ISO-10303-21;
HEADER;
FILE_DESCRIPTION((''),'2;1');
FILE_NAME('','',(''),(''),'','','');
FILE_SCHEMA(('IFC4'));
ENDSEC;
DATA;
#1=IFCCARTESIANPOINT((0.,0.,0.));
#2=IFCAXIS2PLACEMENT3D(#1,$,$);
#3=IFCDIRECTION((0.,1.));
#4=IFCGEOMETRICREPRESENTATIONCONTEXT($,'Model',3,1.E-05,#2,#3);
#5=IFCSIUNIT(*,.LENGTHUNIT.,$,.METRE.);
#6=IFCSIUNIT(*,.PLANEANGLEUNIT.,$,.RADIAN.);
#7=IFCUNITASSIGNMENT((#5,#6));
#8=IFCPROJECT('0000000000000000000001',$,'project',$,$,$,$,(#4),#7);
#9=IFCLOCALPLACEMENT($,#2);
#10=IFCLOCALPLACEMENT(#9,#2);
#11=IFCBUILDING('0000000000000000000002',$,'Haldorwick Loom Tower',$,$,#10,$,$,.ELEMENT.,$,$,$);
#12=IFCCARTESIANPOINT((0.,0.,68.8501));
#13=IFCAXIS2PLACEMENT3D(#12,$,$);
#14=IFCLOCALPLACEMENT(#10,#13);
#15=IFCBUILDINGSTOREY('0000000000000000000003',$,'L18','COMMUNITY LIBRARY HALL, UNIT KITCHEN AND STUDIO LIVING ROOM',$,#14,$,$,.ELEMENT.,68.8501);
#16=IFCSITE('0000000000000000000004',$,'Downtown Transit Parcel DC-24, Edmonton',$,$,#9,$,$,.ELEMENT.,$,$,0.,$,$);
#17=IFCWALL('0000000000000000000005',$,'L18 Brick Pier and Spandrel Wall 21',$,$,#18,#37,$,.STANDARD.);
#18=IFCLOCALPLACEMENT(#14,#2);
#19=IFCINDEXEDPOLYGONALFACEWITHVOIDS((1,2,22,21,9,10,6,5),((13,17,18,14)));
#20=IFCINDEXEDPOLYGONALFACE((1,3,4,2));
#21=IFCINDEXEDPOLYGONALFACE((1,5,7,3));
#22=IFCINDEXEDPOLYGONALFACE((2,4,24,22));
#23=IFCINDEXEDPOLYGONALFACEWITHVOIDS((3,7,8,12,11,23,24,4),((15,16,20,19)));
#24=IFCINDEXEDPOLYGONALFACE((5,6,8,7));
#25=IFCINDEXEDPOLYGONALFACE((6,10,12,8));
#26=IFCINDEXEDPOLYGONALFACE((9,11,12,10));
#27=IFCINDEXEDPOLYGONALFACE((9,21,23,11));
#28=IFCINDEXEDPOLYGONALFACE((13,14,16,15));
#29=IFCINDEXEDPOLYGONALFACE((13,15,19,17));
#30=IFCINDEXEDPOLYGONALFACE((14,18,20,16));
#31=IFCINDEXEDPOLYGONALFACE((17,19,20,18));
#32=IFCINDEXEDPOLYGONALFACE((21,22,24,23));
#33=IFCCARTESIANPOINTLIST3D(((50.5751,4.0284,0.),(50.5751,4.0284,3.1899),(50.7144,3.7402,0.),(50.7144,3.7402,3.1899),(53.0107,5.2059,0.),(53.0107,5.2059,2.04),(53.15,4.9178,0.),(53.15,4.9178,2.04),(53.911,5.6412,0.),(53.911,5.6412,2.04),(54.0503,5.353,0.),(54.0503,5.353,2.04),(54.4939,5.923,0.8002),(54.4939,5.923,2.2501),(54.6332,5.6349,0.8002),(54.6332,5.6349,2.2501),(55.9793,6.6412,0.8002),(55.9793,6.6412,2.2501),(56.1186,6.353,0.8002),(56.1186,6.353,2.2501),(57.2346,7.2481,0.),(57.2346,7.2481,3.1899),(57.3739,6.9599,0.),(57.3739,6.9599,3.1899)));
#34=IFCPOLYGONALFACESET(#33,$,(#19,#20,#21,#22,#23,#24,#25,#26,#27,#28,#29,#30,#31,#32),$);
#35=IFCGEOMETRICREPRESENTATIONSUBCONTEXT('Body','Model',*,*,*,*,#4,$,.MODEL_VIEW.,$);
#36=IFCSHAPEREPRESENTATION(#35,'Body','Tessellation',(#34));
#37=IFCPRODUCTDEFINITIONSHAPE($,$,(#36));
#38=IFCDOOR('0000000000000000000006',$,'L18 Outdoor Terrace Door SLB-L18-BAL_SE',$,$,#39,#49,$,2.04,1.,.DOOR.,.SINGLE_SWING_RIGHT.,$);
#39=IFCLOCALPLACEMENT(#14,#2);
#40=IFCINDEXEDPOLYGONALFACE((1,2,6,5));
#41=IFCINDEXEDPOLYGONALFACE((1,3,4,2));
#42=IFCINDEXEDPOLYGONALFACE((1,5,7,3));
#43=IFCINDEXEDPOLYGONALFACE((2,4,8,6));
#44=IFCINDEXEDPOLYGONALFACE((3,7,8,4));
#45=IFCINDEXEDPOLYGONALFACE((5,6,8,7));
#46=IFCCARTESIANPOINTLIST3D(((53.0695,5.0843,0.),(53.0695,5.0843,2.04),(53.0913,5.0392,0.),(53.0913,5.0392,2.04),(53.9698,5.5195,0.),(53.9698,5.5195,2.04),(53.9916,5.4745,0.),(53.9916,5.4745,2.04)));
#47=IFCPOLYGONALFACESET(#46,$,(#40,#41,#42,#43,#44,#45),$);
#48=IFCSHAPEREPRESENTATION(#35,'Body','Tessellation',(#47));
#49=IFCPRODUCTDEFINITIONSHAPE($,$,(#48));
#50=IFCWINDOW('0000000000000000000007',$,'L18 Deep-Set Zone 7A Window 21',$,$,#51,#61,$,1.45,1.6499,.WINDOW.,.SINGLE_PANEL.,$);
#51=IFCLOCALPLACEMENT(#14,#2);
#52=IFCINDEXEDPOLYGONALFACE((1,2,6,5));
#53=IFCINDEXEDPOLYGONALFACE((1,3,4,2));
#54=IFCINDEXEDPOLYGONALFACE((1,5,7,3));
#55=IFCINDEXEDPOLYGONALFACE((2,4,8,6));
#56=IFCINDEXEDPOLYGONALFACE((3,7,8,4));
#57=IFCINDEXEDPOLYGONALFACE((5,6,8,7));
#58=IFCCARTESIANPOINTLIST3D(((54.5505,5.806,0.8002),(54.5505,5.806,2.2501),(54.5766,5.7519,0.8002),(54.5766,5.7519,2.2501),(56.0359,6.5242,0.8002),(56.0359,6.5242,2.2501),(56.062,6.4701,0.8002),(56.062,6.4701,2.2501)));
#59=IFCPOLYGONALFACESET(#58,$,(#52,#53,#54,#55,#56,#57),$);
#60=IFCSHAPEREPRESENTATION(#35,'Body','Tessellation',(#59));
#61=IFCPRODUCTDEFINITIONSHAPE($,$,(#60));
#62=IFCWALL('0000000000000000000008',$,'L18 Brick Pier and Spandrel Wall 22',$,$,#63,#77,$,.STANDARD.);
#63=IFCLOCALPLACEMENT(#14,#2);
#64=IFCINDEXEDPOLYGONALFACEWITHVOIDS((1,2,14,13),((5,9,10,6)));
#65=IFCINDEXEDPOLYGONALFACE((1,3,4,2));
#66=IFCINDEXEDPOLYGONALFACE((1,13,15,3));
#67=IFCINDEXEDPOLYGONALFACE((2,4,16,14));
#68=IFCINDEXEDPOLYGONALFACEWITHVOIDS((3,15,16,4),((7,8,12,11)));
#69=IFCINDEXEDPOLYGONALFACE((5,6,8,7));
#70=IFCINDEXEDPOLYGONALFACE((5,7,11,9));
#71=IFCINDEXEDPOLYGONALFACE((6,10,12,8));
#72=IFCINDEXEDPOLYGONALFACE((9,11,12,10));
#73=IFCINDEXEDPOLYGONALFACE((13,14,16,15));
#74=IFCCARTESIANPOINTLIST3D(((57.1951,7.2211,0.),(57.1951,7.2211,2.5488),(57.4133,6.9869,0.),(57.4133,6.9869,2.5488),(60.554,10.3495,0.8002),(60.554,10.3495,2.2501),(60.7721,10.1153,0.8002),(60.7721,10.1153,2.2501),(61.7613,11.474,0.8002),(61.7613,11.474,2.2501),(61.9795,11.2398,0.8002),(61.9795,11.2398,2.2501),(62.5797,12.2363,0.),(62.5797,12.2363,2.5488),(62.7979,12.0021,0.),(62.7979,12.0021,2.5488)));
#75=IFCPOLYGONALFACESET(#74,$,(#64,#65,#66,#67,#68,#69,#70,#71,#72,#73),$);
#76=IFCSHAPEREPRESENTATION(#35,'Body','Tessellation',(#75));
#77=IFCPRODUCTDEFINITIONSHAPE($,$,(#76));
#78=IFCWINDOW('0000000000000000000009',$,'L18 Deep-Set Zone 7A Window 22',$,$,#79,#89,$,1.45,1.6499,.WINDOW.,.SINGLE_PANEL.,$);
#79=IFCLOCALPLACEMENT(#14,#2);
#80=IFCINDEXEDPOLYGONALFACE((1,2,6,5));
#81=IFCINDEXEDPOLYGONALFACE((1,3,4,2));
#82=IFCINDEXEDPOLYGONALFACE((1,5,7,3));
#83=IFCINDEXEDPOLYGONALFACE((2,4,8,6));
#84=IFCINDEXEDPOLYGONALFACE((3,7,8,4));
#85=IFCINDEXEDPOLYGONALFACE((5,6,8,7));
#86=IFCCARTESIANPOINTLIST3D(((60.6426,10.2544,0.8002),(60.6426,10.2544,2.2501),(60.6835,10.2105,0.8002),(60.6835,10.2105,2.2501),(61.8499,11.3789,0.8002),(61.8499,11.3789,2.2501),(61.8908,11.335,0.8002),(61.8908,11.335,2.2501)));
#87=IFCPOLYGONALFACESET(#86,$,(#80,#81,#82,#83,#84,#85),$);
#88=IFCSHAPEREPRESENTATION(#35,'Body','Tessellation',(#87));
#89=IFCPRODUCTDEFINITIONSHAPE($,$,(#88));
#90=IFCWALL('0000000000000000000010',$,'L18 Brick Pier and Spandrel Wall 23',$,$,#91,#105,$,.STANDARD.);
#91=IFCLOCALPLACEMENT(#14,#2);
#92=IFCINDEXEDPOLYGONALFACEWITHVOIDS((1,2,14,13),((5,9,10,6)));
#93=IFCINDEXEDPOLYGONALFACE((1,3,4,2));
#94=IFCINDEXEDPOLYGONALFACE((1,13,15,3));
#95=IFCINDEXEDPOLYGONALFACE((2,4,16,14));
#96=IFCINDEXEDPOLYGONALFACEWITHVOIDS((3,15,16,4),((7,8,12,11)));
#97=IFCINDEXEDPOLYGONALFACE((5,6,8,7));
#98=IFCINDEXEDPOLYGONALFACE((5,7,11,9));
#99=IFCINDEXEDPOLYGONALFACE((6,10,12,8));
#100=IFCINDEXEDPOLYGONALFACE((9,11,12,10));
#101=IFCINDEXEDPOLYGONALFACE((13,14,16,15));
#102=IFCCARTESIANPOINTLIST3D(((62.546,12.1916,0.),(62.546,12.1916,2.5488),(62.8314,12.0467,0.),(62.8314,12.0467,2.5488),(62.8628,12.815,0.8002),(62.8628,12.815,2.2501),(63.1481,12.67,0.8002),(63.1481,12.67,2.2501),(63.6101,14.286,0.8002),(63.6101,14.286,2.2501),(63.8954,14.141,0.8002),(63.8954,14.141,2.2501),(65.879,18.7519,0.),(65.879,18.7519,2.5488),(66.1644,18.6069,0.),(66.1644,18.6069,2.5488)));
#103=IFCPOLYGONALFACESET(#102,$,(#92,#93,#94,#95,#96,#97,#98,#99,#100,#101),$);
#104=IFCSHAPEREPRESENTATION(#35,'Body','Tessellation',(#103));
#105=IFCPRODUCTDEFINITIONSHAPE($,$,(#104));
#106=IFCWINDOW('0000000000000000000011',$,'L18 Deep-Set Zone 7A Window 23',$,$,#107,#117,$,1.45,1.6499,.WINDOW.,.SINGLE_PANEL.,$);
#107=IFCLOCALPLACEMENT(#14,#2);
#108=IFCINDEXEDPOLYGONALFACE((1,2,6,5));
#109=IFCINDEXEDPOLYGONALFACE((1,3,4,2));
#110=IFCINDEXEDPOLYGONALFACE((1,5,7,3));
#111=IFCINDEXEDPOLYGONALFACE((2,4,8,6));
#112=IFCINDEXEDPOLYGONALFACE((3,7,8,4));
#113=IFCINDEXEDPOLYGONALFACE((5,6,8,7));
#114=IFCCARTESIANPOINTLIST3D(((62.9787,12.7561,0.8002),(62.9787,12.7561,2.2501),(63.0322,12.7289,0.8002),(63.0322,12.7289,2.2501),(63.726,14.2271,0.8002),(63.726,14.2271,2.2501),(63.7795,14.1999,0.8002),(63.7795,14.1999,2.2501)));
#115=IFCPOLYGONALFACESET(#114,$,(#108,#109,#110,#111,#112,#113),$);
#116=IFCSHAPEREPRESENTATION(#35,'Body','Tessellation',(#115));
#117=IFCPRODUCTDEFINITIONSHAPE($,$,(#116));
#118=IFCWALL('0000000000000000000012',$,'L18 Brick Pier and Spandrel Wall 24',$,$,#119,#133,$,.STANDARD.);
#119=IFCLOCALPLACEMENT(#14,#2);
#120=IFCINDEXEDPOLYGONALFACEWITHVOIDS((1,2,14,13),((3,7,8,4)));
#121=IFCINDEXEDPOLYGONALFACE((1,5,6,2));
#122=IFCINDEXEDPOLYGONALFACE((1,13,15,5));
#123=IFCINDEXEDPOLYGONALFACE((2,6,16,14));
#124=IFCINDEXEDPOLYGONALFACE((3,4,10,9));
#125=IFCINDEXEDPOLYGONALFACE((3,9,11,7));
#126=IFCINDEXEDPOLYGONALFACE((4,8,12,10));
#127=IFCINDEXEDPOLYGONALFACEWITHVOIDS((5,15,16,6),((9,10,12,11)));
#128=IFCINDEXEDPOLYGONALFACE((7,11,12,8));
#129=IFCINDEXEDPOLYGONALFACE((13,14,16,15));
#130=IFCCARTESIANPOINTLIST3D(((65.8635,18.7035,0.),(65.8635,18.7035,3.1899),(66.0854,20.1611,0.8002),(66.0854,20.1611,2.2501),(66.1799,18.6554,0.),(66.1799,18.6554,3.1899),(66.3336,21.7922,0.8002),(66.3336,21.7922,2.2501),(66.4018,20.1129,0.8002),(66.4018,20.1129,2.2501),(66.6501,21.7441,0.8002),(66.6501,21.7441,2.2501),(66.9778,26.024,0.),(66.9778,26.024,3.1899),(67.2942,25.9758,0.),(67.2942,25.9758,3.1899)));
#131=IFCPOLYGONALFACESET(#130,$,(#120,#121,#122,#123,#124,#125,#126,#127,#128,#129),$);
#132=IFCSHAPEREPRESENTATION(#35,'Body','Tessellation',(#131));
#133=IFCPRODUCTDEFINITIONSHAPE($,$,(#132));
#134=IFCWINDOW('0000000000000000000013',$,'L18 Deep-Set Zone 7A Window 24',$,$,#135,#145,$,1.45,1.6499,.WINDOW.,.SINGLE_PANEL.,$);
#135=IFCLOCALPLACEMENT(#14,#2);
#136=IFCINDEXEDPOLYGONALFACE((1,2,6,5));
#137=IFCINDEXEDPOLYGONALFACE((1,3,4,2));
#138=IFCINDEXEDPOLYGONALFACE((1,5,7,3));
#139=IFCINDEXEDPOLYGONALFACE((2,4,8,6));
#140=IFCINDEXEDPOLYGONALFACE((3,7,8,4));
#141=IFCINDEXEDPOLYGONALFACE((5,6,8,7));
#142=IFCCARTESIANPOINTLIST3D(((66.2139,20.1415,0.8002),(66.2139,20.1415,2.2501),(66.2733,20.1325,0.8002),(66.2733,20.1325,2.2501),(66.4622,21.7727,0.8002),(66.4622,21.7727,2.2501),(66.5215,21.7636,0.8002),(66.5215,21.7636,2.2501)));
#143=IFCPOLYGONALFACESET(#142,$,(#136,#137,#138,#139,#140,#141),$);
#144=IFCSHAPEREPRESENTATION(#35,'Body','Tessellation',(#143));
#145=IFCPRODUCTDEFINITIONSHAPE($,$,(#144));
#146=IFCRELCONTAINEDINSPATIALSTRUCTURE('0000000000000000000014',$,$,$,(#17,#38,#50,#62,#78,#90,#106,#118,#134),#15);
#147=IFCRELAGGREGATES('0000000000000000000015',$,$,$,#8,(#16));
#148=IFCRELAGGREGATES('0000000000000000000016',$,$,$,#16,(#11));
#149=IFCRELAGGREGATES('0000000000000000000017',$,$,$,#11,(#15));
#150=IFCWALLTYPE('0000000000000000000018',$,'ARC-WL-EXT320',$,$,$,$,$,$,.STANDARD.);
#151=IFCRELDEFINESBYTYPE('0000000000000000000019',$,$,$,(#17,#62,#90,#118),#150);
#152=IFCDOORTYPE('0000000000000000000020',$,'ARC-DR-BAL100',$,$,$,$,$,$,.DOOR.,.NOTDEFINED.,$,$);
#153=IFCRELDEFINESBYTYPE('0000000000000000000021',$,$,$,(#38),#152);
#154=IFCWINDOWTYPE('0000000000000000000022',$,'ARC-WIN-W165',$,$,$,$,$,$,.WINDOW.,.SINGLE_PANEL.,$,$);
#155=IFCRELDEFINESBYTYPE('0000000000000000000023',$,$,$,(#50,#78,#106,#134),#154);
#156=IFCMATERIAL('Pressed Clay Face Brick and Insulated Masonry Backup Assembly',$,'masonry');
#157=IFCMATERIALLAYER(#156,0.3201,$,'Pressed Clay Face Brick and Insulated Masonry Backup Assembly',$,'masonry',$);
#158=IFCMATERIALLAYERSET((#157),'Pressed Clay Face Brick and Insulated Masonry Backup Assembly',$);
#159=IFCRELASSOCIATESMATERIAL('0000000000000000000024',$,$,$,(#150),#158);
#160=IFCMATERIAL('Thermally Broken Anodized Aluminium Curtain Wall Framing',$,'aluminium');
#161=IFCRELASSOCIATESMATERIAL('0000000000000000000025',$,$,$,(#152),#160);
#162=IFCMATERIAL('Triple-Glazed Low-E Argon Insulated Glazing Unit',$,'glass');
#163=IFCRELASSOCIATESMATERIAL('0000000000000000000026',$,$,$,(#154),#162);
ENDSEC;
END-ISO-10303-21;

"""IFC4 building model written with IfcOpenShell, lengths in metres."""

from ifc_helpers import new_model, si_unit, direction, frame, frame_2d, origin, place, context, subcontext, project, spatial, rectangle, extrude, material, layer, layer_set, type_object, element, fill, save


model = new_model("IFC4")

# Units and contexts
model_context = context("Model", 3, precision=1e-05, world=origin(), true_north=direction((0.0, 1.0)))
body_context = subcontext(model_context, "Body", "Model", "MODEL_VIEW")
ifc_project = project(units=[si_unit("LENGTHUNIT", "METRE"), si_unit("PLANEANGLEUNIT", "RADIAN")], contexts=[model_context])

# Site, building, storey
site_placement = place(None, origin())
site = spatial("IfcSite", under=ifc_project, at=site_placement, Name="Downtown Transit Parcel DC-24, Edmonton", CompositionType="ELEMENT", RefElevation=0.0)
building_placement = place(site_placement, origin())
building = spatial("IfcBuilding", under=site, at=building_placement, Name="Haldorwick Loom Tower", CompositionType="ELEMENT")
storey_placement = place(building_placement, frame((0.0, 0.0, 68.8501)))
storey = spatial("IfcBuildingStorey", under=building, at=storey_placement, Name="L18", Description="COMMUNITY LIBRARY HALL, UNIT KITCHEN AND STUDIO LIVING ROOM", CompositionType="ELEMENT", Elevation=68.8501)

# Wall, openings, door, window
ifc_material_1 = material(Name="Pressed Clay Face Brick and Insulated Masonry Backup Assembly", Category="masonry")
ifc_layer = layer(ifc_material_1, 0.3201, Name="Pressed Clay Face Brick and Insulated Masonry Backup Assembly", Category="masonry")
ifc_layer_set = layer_set([ifc_layer], Name="Pressed Clay Face Brick and Insulated Masonry Backup Assembly")
wall_type = type_object("IfcWallType", Name="ARC-WL-EXT320", PredefinedType="STANDARD", material=ifc_layer_set)
wall_1_placement = place(storey_placement, frame((50.6448, 3.8843, 0.0), z_axis=(0.0, 0.0, 1.0), x_axis=(0.900296, 0.435279, 0.0)))
wall_1 = element("IfcWall", 1, at=wall_1_placement, inside=storey, type_object=wall_type, Name="L18 Brick Pier and Spandrel Wall 21", PredefinedType="STANDARD", context=body_context, shape_type="SweptSolid", body=[
    extrude(rectangle(XDim=7.397, YDim=0.3201, at=frame_2d((3.6985, 0.0))), origin(), (0.0, 0.0, 1.0), 3.1899),
])
opening_1_placement = place(wall_1_placement, frame((2.7053, 0.0, 0.0)))
opening_1 = element("IfcOpeningElement", 2, at=opening_1_placement, cuts=wall_1, PredefinedType="OPENING", context=body_context, shape_type="SweptSolid", body=[
    extrude(rectangle(XDim=1.0, YDim=2.04, at=frame_2d((0.5, 1.02))), frame((0.0, 0.1699, 0.0), z_axis=(0.0, -1.0, 0.0), x_axis=(1.0, 0.0, 0.0)), (0.0, 0.0, 1.0), 0.3401),
])
opening_2_placement = place(wall_1_placement, frame((4.3528, 0.0, 0.8)))
opening_2 = element("IfcOpeningElement", 3, at=opening_2_placement, cuts=wall_1, PredefinedType="OPENING", context=body_context, shape_type="SweptSolid", body=[
    extrude(rectangle(XDim=1.6499, YDim=1.45, at=frame_2d((0.825, 0.7251))), frame((0.0, 0.1699, 0.0), z_axis=(0.0, -1.0, 0.0), x_axis=(1.0, 0.0, 0.0)), (0.0, 0.0, 1.0), 0.3401),
])
ifc_material_2 = material(Name="Thermally Broken Anodized Aluminium Curtain Wall Framing", Category="aluminium")
door_type = type_object("IfcDoorType", Name="ARC-DR-BAL100", OperationType="NOTDEFINED", PredefinedType="DOOR", material=ifc_material_2)
door_placement = place(opening_1_placement, origin())
door = element("IfcDoor", 4, at=door_placement, inside=storey, type_object=door_type, Name="L18 Outdoor Terrace Door SLB-L18-BAL_SE", OperationType="SINGLE_SWING_RIGHT", OverallHeight=2.04, OverallWidth=1.0, PredefinedType="DOOR", context=body_context, shape_type="SweptSolid", body=[
    extrude(rectangle(XDim=1.0, YDim=2.04, at=frame_2d((0.5, 1.02))), frame((0.0, 0.0249, 0.0), z_axis=(0.0, -1.0, 0.0), x_axis=(1.0, 0.0, 0.0)), (0.0, 0.0, 1.0), 0.05),
])
fill(opening_1, door)
ifc_material_3 = material(Name="Triple-Glazed Low-E Argon Insulated Glazing Unit", Category="glass")
window_type = type_object("IfcWindowType", Name="ARC-WIN-W165", PartitioningType="SINGLE_PANEL", PredefinedType="WINDOW", material=ifc_material_3)
window_1_placement = place(opening_2_placement, origin())
window_1 = element("IfcWindow", 5, at=window_1_placement, inside=storey, type_object=window_type, Name="L18 Deep-Set Zone 7A Window 21", OverallHeight=1.45, OverallWidth=1.6499, PartitioningType="SINGLE_PANEL", PredefinedType="WINDOW", context=body_context, shape_type="SweptSolid", body=[
    extrude(rectangle(XDim=1.6499, YDim=1.45, at=frame_2d((0.825, 0.7251))), frame((0.0, 0.03, 0.0), z_axis=(0.0, -1.0, 0.0), x_axis=(1.0, 0.0, 0.0)), (0.0, 0.0, 1.0), 0.0601),
])
fill(opening_2, window_1)

# Walls, openings, windows
wall_2_placement = place(storey_placement, frame((57.3042, 7.104, 0.0), z_axis=(0.0, 0.0, 1.0), x_axis=(0.731761, 0.681561, 0.0)))
wall_2 = element("IfcWall", 6, at=wall_2_placement, inside=storey, type_object=wall_type, Name="L18 Brick Pier and Spandrel Wall 22", PredefinedType="STANDARD", context=body_context, shape_type="SweptSolid", body=[
    extrude(rectangle(XDim=7.3584, YDim=0.3201, at=frame_2d((3.6792, 0.0))), origin(), (0.0, 0.0, 1.0), 2.5488),
])
opening_3_placement = place(wall_2_placement, frame((4.5901, 0.0, 0.8)))
opening_3 = element("IfcOpeningElement", 7, at=opening_3_placement, cuts=wall_2, PredefinedType="OPENING", context=body_context, shape_type="SweptSolid", body=[
    extrude(rectangle(XDim=1.6499, YDim=1.45, at=frame_2d((0.825, 0.7251))), frame((0.0, 0.1699, 0.0), z_axis=(0.0, -1.0, 0.0), x_axis=(1.0, 0.0, 0.0)), (0.0, 0.0, 1.0), 0.3401),
])
window_2_placement = place(opening_3_placement, origin())
window_2 = element("IfcWindow", 8, at=window_2_placement, inside=storey, type_object=window_type, Name="L18 Deep-Set Zone 7A Window 22", OverallHeight=1.45, OverallWidth=1.6499, PartitioningType="SINGLE_PANEL", PredefinedType="WINDOW", context=body_context, shape_type="SweptSolid", body=[
    extrude(rectangle(XDim=1.6499, YDim=1.45, at=frame_2d((0.825, 0.7251))), frame((0.0, 0.03, 0.0), z_axis=(0.0, -1.0, 0.0), x_axis=(1.0, 0.0, 0.0)), (0.0, 0.0, 1.0), 0.0601),
])
fill(opening_3, window_2)
wall_3_placement = place(storey_placement, frame((62.6887, 12.1191, 0.0), z_axis=(0.0, 0.0, 1.0), x_axis=(0.452951, 0.891535, 0.0)))
wall_3 = element("IfcWall", 9, at=wall_3_placement, inside=storey, type_object=wall_type, Name="L18 Brick Pier and Spandrel Wall 23", PredefinedType="STANDARD", context=body_context, shape_type="SweptSolid", body=[
    extrude(rectangle(XDim=7.3584, YDim=0.3201, at=frame_2d((3.6792, 0.0))), origin(), (0.0, 0.0, 1.0), 2.5488),
])
opening_4_placement = place(wall_3_placement, frame((0.6992, 0.0, 0.8)))
opening_4 = element("IfcOpeningElement", 10, at=opening_4_placement, cuts=wall_3, PredefinedType="OPENING", context=body_context, shape_type="SweptSolid", body=[
    extrude(rectangle(XDim=1.6499, YDim=1.45, at=frame_2d((0.825, 0.7251))), frame((0.0, 0.1699, 0.0), z_axis=(0.0, -1.0, 0.0), x_axis=(1.0, 0.0, 0.0)), (0.0, 0.0, 1.0), 0.3401),
])
window_3_placement = place(opening_4_placement, origin())
window_3 = element("IfcWindow", 11, at=window_3_placement, inside=storey, type_object=window_type, Name="L18 Deep-Set Zone 7A Window 23", OverallHeight=1.45, OverallWidth=1.6499, PartitioningType="SINGLE_PANEL", PredefinedType="WINDOW", context=body_context, shape_type="SweptSolid", body=[
    extrude(rectangle(XDim=1.6499, YDim=1.45, at=frame_2d((0.825, 0.7251))), frame((0.0, 0.03, 0.0), z_axis=(0.0, -1.0, 0.0), x_axis=(1.0, 0.0, 0.0)), (0.0, 0.0, 1.0), 0.0601),
])
fill(opening_4, window_3)
wall_4_placement = place(storey_placement, frame((66.0217, 18.6794, 0.0), z_axis=(0.0, 0.0, 1.0), x_axis=(0.150476, 0.988614, 0.0)))
wall_4 = element("IfcWall", 12, at=wall_4_placement, inside=storey, type_object=wall_type, Name="L18 Brick Pier and Spandrel Wall 24", PredefinedType="STANDARD", context=body_context, shape_type="SweptSolid", body=[
    extrude(rectangle(XDim=7.4048, YDim=0.3201, at=frame_2d((3.7024, 0.0))), origin(), (0.0, 0.0, 1.0), 3.1899),
])
opening_5_placement = place(wall_4_placement, frame((1.4744, 0.0, 0.8)))
opening_5 = element("IfcOpeningElement", 13, at=opening_5_placement, cuts=wall_4, PredefinedType="OPENING", context=body_context, shape_type="SweptSolid", body=[
    extrude(rectangle(XDim=1.6499, YDim=1.45, at=frame_2d((0.825, 0.7251))), frame((0.0, 0.1699, 0.0), z_axis=(0.0, -1.0, 0.0), x_axis=(1.0, 0.0, 0.0)), (0.0, 0.0, 1.0), 0.3401),
])
window_4_placement = place(opening_5_placement, origin())
window_4 = element("IfcWindow", 14, at=window_4_placement, inside=storey, type_object=window_type, Name="L18 Deep-Set Zone 7A Window 24", OverallHeight=1.45, OverallWidth=1.6499, PartitioningType="SINGLE_PANEL", PredefinedType="WINDOW", context=body_context, shape_type="SweptSolid", body=[
    extrude(rectangle(XDim=1.6499, YDim=1.45, at=frame_2d((0.825, 0.7251))), frame((0.0, 0.03, 0.0), z_axis=(0.0, -1.0, 0.0), x_axis=(1.0, 0.0, 0.0)), (0.0, 0.0, 1.0), 0.0601),
])
fill(opening_5, window_4)

save(model, "model.ifc")
